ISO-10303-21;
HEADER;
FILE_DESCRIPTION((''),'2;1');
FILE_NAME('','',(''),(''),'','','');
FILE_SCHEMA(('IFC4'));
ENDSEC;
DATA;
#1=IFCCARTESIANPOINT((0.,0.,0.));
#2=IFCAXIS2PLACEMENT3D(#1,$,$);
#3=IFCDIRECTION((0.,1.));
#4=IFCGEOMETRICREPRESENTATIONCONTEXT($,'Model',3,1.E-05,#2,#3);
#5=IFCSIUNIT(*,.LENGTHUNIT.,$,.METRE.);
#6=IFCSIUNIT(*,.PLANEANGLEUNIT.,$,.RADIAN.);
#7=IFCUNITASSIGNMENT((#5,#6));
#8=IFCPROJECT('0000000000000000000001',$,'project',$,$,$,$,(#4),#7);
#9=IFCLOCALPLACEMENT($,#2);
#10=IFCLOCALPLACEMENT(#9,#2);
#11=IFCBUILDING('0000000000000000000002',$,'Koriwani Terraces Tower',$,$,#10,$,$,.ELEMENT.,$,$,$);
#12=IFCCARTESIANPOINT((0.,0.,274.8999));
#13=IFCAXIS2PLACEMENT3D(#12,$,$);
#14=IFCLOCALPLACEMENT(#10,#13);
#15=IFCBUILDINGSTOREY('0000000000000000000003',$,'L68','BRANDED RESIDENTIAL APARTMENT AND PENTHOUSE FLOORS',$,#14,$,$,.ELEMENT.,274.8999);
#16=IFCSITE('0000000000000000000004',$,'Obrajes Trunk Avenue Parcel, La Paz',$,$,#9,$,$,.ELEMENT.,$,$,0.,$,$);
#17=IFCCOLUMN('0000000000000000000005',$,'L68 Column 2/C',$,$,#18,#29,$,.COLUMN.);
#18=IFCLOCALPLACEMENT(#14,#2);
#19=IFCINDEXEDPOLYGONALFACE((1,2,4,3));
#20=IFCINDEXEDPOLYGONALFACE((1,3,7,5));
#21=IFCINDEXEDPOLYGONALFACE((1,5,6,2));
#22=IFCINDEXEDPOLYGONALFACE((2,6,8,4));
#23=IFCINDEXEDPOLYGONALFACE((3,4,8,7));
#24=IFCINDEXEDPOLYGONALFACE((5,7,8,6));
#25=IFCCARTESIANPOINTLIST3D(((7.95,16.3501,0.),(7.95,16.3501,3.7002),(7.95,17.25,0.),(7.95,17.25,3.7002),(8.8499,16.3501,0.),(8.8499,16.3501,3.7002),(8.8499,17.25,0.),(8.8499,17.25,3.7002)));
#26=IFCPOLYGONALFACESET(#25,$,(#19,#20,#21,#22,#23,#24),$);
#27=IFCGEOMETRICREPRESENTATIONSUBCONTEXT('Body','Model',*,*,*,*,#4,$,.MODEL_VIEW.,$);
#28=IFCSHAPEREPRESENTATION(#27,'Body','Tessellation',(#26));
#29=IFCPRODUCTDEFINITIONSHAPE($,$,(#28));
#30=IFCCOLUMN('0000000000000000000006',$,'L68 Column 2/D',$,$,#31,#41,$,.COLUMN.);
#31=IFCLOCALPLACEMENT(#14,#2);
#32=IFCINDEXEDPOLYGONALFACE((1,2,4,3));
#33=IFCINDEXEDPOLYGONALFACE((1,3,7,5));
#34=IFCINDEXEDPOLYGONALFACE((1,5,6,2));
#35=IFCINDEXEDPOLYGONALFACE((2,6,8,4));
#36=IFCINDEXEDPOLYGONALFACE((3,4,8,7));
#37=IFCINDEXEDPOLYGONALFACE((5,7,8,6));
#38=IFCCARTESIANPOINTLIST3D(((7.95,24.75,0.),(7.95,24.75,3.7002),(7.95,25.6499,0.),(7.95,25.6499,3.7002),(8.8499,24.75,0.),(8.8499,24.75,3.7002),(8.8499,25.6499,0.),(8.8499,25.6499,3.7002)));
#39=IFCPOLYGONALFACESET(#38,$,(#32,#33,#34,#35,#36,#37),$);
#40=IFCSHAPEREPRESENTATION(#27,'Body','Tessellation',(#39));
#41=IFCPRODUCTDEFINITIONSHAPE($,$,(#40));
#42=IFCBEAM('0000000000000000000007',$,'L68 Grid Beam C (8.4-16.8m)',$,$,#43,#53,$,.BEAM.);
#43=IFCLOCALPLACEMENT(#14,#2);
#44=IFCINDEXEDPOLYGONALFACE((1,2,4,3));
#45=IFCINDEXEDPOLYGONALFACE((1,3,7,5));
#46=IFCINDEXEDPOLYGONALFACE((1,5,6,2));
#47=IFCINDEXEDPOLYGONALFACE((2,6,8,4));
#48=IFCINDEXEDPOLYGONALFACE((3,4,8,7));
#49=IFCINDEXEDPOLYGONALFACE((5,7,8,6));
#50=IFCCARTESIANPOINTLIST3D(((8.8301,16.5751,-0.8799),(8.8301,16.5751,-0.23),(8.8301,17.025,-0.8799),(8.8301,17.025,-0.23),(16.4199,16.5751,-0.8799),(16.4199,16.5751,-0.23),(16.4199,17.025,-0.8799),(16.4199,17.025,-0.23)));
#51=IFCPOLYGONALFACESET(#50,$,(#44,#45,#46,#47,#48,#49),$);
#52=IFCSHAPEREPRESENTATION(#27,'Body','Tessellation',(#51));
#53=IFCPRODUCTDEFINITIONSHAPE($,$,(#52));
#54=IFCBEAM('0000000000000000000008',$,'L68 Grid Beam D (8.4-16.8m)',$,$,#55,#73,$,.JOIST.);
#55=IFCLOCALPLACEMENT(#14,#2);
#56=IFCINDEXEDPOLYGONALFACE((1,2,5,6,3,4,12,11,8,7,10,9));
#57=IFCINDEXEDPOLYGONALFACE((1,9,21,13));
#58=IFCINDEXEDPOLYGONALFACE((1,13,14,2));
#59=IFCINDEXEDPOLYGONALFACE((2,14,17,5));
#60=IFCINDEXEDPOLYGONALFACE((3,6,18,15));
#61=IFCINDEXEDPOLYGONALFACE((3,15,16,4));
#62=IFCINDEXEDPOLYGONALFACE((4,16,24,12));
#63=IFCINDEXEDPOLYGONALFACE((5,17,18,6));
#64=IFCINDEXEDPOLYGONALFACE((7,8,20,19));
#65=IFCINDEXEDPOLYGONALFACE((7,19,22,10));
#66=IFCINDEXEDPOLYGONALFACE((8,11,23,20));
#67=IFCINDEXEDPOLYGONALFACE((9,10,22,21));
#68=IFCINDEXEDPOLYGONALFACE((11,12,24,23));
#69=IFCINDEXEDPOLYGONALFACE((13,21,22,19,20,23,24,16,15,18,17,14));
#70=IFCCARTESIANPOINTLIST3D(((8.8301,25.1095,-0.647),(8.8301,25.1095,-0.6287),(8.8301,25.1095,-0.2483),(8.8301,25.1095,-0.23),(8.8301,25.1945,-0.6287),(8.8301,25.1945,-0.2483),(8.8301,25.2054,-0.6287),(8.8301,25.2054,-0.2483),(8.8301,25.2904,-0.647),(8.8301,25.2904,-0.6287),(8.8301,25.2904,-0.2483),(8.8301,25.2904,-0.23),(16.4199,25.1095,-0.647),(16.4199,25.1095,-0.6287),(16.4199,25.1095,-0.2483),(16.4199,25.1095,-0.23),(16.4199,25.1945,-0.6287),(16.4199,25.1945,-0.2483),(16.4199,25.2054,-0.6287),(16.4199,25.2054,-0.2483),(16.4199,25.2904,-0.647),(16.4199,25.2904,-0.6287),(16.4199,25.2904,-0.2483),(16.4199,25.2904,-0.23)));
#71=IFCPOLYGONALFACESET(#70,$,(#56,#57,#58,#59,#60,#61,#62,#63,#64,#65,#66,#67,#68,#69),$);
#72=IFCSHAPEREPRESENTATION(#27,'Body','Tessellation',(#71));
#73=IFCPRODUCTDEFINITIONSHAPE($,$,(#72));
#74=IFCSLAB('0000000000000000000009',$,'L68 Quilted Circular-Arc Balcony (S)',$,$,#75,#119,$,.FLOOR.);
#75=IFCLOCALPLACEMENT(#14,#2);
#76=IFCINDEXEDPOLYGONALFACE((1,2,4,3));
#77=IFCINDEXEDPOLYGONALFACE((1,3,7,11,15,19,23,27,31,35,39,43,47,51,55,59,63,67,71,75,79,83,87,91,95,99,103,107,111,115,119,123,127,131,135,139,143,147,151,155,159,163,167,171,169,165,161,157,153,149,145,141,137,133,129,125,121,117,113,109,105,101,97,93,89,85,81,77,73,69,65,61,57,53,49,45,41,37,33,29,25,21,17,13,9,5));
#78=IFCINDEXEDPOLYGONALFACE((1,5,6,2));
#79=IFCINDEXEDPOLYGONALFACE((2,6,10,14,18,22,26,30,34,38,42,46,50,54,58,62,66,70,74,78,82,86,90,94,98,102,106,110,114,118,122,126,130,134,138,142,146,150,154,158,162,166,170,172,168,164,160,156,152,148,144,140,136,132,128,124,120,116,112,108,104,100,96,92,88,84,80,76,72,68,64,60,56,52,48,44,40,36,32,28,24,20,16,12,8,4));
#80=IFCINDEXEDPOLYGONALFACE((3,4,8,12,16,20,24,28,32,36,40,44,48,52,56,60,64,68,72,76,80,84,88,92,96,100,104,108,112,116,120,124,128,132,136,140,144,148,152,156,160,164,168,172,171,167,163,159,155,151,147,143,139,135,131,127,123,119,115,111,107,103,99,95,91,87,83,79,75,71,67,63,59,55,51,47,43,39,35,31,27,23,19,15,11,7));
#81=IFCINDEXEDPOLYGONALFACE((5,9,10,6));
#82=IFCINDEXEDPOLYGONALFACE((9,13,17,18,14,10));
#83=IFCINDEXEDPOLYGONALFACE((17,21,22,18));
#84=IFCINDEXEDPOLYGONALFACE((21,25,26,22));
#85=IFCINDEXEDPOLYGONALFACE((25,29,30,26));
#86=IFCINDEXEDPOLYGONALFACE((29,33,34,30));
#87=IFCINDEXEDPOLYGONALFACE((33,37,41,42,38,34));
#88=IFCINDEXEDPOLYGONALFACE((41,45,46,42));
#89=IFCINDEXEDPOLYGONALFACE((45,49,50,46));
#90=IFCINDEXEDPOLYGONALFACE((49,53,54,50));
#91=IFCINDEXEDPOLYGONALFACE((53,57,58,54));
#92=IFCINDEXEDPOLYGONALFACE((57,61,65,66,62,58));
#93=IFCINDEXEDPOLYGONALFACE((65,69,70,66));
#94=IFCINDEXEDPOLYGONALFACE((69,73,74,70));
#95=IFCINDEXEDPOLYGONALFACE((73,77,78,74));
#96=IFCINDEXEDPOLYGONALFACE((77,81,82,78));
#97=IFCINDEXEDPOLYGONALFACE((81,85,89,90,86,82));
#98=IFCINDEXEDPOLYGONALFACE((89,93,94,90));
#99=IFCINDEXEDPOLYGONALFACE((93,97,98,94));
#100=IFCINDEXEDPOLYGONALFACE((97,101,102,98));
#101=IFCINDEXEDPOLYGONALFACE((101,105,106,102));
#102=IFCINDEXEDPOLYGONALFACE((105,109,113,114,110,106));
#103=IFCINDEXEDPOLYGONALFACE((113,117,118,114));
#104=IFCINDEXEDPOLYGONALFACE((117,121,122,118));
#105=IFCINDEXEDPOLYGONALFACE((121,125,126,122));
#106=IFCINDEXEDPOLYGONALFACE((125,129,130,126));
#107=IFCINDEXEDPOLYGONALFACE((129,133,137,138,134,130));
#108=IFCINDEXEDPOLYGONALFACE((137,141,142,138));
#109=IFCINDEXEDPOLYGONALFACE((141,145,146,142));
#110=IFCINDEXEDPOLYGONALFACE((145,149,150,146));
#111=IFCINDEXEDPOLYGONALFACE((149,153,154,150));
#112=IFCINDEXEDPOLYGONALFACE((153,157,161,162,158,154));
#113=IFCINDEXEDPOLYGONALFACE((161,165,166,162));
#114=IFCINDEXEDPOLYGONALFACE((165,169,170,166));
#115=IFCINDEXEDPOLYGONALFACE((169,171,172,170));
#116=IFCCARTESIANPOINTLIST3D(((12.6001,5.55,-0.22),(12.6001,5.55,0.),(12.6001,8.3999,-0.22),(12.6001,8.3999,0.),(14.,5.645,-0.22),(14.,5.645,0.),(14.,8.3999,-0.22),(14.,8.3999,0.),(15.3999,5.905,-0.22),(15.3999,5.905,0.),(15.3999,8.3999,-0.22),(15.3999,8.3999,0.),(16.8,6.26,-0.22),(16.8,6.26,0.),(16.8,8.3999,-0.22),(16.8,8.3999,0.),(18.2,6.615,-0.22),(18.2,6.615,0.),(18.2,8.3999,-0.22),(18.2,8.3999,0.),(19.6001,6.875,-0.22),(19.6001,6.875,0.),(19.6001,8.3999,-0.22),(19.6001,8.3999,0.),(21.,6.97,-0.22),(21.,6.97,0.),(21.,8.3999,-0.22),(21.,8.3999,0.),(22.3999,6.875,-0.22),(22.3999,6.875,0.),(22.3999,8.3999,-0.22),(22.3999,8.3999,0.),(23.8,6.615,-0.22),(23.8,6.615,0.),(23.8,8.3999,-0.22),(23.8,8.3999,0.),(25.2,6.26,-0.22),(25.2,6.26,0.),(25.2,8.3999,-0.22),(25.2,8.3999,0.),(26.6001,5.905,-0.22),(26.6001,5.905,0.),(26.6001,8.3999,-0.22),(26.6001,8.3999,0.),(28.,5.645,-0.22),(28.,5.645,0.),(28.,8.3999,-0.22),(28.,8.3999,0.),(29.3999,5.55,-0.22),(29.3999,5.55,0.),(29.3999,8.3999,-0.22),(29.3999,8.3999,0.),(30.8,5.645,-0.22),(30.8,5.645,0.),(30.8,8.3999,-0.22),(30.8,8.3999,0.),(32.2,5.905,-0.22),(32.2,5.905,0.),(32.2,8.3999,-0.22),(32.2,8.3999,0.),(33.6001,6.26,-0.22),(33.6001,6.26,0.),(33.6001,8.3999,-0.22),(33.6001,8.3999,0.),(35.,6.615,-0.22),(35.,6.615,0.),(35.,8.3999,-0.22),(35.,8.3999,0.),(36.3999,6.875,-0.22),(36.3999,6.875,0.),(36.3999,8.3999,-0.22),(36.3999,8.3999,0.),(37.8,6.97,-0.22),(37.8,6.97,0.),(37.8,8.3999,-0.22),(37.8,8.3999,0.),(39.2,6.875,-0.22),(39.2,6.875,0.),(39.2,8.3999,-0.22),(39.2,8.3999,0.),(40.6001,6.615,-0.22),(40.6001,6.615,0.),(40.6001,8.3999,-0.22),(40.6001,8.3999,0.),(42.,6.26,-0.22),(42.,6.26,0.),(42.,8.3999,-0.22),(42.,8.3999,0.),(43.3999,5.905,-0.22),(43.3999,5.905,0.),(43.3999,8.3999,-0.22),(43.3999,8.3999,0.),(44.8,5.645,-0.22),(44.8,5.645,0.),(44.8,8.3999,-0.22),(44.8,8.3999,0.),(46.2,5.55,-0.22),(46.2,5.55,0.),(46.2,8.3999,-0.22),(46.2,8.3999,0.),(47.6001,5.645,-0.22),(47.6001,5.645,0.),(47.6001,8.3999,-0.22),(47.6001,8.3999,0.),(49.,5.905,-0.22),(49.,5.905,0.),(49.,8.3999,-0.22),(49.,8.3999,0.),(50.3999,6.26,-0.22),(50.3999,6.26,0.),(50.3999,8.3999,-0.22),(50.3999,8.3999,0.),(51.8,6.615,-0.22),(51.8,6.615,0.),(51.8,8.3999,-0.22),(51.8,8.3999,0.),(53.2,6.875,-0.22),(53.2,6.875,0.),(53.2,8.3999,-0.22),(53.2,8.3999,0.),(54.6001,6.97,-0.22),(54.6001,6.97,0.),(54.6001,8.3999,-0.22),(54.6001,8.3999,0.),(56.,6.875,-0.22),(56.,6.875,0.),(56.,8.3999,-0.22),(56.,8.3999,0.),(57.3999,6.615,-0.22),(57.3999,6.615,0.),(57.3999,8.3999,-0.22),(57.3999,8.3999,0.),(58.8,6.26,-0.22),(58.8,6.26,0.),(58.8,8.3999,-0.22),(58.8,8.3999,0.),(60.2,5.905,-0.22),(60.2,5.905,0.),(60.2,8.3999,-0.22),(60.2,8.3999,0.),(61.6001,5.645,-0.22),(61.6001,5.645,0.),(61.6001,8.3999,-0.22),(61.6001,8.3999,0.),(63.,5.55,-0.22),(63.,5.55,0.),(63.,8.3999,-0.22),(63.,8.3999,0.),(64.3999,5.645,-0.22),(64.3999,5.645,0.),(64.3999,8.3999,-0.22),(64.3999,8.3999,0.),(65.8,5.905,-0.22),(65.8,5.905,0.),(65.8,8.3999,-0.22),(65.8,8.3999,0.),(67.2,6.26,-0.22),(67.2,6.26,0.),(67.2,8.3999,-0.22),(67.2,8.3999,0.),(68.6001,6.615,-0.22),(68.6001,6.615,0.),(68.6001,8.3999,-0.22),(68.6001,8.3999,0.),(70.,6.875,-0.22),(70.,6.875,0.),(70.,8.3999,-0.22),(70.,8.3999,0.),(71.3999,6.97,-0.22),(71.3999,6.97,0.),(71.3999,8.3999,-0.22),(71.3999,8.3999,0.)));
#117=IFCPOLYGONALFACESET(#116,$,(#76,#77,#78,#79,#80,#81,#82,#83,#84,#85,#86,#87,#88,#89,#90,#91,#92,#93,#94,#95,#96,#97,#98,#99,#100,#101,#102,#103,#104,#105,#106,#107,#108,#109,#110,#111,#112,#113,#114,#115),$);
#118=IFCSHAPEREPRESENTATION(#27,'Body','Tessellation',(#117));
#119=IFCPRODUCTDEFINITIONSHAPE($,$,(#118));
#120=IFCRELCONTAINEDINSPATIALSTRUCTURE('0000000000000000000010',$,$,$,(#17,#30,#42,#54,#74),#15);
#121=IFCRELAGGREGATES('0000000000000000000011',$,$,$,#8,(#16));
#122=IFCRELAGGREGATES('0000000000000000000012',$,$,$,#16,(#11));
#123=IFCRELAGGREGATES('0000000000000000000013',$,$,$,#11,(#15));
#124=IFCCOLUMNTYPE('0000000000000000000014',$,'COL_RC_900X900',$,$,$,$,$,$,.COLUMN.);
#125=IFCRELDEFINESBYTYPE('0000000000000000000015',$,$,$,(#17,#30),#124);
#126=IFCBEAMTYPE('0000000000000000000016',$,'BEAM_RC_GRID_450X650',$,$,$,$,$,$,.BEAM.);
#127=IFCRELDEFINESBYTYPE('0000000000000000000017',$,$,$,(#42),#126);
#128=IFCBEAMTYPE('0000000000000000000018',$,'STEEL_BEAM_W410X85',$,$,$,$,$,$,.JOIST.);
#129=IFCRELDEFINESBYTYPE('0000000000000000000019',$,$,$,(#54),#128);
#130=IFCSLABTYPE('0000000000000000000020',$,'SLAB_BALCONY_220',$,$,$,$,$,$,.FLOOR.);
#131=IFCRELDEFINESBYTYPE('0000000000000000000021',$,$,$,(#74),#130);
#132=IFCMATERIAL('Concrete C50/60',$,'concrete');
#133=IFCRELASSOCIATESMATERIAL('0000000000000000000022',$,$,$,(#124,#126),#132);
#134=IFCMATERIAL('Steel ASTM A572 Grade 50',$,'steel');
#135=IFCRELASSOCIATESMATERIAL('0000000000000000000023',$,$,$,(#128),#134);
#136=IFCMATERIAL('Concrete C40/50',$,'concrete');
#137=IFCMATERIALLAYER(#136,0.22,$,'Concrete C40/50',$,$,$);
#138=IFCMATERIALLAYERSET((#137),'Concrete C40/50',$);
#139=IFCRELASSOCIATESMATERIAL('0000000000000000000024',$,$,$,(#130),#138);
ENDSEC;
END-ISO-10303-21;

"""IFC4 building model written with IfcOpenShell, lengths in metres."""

from ifc_helpers import new_model, si_unit, direction, frame, origin, origin_2d, place, context, subcontext, project, spatial, polyline, rectangle, i_section, outline, extrude, material, layer, layer_set, material_profile, profile_set, type_object, element, save


model = new_model("IFC4")

# Units and contexts
model_context = context("Model", 3, precision=1e-05, world=origin(), true_north=direction((0.0, 1.0)))
body_context = subcontext(model_context, "Body", "Model", "MODEL_VIEW")
ifc_project = project(units=[si_unit("LENGTHUNIT", "METRE"), si_unit("PLANEANGLEUNIT", "RADIAN")], contexts=[model_context])

# Site, building, storey
site_placement = place(None, origin())
site = spatial("IfcSite", under=ifc_project, at=site_placement, Name="Obrajes Trunk Avenue Parcel, La Paz", CompositionType="ELEMENT", RefElevation=0.0)
building_placement = place(site_placement, origin())
building = spatial("IfcBuilding", under=site, at=building_placement, Name="Koriwani Terraces Tower", CompositionType="ELEMENT")
storey_placement = place(building_placement, frame((0.0, 0.0, 274.8999)))
storey = spatial("IfcBuildingStorey", under=building, at=storey_placement, Name="L68", Description="BRANDED RESIDENTIAL APARTMENT AND PENTHOUSE FLOORS", CompositionType="ELEMENT", Elevation=274.8999)

# Columns
ifc_material_1 = material(Name="Concrete C50/60", Category="concrete")
ifc_material_profile_1 = material_profile(ifc_material_1, rectangle(XDim=0.8999, YDim=0.8999, at=origin_2d()), Name="Concrete C50/60", Category="LoadBearing")
ifc_profile_set_1 = profile_set([ifc_material_profile_1], Name="Concrete C50/60")
column_type = type_object("IfcColumnType", Name="COL_RC_900X900", PredefinedType="COLUMN", material=ifc_profile_set_1)
for number, where, z_axis, x_axis, name in (
    (1, (8.3999, 16.8, 0.0), (0.0, 0.0, 1.0), (1.0, 0.0, 0.0), "L68 Column 2/C"),
    (2, (8.3999, 25.2, 0.0), (0.0, 0.0, 1.0), (1.0, 0.0, 0.0), "L68 Column 2/D"),
):
    element("IfcColumn", number, at=place(storey_placement, frame(where, z_axis=z_axis, x_axis=x_axis)), inside=storey, type_object=column_type, Name=name, PredefinedType="COLUMN", context=body_context, shape_type="SweptSolid", body=[
        extrude(rectangle(XDim=0.8999, YDim=0.8999, at=origin_2d()), origin(), (0.0, 0.0, 1.0), 3.7002),
    ])

# Beams
ifc_material_profile_2 = material_profile(ifc_material_1, rectangle(XDim=0.45, YDim=0.6499, at=origin_2d()), Name="Concrete C50/60", Category="LoadBearing")
ifc_profile_set_2 = profile_set([ifc_material_profile_2], Name="Concrete C50/60")
beam_type_1 = type_object("IfcBeamType", Name="BEAM_RC_GRID_450X650", PredefinedType="BEAM", material=ifc_profile_set_2)
beam_1_placement = place(storey_placement, frame((8.8301, 16.8, -0.5549), z_axis=(1.0, 0.0, 0.0), x_axis=(0.0, 1.0, 0.0)))
element("IfcBeam", 3, at=beam_1_placement, inside=storey, type_object=beam_type_1, Name="L68 Grid Beam C (8.4-16.8m)", PredefinedType="BEAM", context=body_context, shape_type="SweptSolid", body=[
    extrude(rectangle(XDim=0.45, YDim=0.6499, at=origin_2d()), origin(), (0.0, 0.0, 1.0), 7.5898),
])
ifc_material_2 = material(Name="Steel ASTM A572 Grade 50", Category="steel")
ifc_material_profile_3 = material_profile(ifc_material_2, i_section(OverallWidth=0.1809, OverallDepth=0.417, WebThickness=0.011, FlangeThickness=0.0183, at=origin_2d()), Name="Steel ASTM A572 Grade 50", Category="LoadBearing")
ifc_profile_set_3 = profile_set([ifc_material_profile_3], Name="Steel ASTM A572 Grade 50")
beam_type_2 = type_object("IfcBeamType", Name="STEEL_BEAM_W410X85", PredefinedType="JOIST", material=ifc_profile_set_3)
beam_2_placement = place(storey_placement, frame((8.8301, 25.2, -0.4385), z_axis=(1.0, 0.0, 0.0), x_axis=(0.0, 1.0, 0.0)))
element("IfcBeam", 4, at=beam_2_placement, inside=storey, type_object=beam_type_2, Name="L68 Grid Beam D (8.4-16.8m)", PredefinedType="JOIST", context=body_context, shape_type="SweptSolid", body=[
    extrude(i_section(OverallWidth=0.1809, OverallDepth=0.417, WebThickness=0.011, FlangeThickness=0.0183, at=origin_2d()), origin(), (0.0, 0.0, 1.0), 7.5898),
])

# Slab
ifc_material_3 = material(Name="Concrete C40/50", Category="concrete")
ifc_layer_1 = layer(ifc_material_3, 0.22, Name="Concrete C40/50")
ifc_layer_set_1 = layer_set([ifc_layer_1], Name="Concrete C40/50")
slab_type_1 = type_object("IfcSlabType", Name="SLAB_BALCONY_220", PredefinedType="FLOOR", material=ifc_layer_set_1)
slab_1_placement = place(storey_placement, frame((0.0, 0.0, -0.22)))
element("IfcSlab", 5, at=slab_1_placement, inside=storey, type_object=slab_type_1, Name="L68 Quilted Circular-Arc Balcony (S)", PredefinedType="FLOOR", context=body_context, shape_type="SweptSolid", body=[
    extrude(outline(polyline([(12.6001, 8.3999), (14.0, 8.3999), (15.3999, 8.3999), (16.8, 8.3999), (18.2, 8.3999), (19.6001, 8.3999), (21.0, 8.3999), (22.3999, 8.3999), (23.8, 8.3999), (25.2, 8.3999), (26.6001, 8.3999), (28.0, 8.3999), (29.3999, 8.3999), (30.8, 8.3999), (32.2, 8.3999), (33.6001, 8.3999), (35.0, 8.3999), (36.3999, 8.3999), (37.8, 8.3999), (39.2, 8.3999), (40.6001, 8.3999), (42.0, 8.3999), (43.3999, 8.3999), (44.8, 8.3999), (46.2, 8.3999), (47.6001, 8.3999), (49.0, 8.3999), (50.3999, 8.3999), (51.8, 8.3999), (53.2, 8.3999), (54.6001, 8.3999), (56.0, 8.3999), (57.3999, 8.3999), (58.8, 8.3999), (60.2, 8.3999), (61.6001, 8.3999), (63.0, 8.3999), (64.3999, 8.3999), (65.8, 8.3999), (67.2, 8.3999), (68.6001, 8.3999), (70.0, 8.3999), (71.3999, 8.3999), (71.3999, 6.97), (70.0, 6.875), (68.6001, 6.615), (67.2, 6.26), (65.8, 5.905), (64.3999, 5.645), (63.0, 5.55), (61.6001, 5.645), (60.2, 5.905), (58.8, 6.26), (57.3999, 6.615), (56.0, 6.875), (54.6001, 6.97), (53.2, 6.875), (51.8, 6.615), (50.3999, 6.26), (49.0, 5.905), (47.6001, 5.645), (46.2, 5.55), (44.8, 5.645), (43.3999, 5.905), (42.0, 6.26), (40.6001, 6.615), (39.2, 6.875), (37.8, 6.97), (36.3999, 6.875), (35.0, 6.615), (33.6001, 6.26), (32.2, 5.905), (30.8, 5.645), (29.3999, 5.55), (28.0, 5.645), (26.6001, 5.905), (25.2, 6.26), (23.8, 6.615), (22.3999, 6.875), (21.0, 6.97), (19.6001, 6.875), (18.2, 6.615), (16.8, 6.26), (15.3999, 5.905), (14.0, 5.645), (12.6001, 5.55), (12.6001, 8.3999)])), origin(), (0.0, 0.0, 1.0), 0.22),
])

save(model, "model.ifc")
